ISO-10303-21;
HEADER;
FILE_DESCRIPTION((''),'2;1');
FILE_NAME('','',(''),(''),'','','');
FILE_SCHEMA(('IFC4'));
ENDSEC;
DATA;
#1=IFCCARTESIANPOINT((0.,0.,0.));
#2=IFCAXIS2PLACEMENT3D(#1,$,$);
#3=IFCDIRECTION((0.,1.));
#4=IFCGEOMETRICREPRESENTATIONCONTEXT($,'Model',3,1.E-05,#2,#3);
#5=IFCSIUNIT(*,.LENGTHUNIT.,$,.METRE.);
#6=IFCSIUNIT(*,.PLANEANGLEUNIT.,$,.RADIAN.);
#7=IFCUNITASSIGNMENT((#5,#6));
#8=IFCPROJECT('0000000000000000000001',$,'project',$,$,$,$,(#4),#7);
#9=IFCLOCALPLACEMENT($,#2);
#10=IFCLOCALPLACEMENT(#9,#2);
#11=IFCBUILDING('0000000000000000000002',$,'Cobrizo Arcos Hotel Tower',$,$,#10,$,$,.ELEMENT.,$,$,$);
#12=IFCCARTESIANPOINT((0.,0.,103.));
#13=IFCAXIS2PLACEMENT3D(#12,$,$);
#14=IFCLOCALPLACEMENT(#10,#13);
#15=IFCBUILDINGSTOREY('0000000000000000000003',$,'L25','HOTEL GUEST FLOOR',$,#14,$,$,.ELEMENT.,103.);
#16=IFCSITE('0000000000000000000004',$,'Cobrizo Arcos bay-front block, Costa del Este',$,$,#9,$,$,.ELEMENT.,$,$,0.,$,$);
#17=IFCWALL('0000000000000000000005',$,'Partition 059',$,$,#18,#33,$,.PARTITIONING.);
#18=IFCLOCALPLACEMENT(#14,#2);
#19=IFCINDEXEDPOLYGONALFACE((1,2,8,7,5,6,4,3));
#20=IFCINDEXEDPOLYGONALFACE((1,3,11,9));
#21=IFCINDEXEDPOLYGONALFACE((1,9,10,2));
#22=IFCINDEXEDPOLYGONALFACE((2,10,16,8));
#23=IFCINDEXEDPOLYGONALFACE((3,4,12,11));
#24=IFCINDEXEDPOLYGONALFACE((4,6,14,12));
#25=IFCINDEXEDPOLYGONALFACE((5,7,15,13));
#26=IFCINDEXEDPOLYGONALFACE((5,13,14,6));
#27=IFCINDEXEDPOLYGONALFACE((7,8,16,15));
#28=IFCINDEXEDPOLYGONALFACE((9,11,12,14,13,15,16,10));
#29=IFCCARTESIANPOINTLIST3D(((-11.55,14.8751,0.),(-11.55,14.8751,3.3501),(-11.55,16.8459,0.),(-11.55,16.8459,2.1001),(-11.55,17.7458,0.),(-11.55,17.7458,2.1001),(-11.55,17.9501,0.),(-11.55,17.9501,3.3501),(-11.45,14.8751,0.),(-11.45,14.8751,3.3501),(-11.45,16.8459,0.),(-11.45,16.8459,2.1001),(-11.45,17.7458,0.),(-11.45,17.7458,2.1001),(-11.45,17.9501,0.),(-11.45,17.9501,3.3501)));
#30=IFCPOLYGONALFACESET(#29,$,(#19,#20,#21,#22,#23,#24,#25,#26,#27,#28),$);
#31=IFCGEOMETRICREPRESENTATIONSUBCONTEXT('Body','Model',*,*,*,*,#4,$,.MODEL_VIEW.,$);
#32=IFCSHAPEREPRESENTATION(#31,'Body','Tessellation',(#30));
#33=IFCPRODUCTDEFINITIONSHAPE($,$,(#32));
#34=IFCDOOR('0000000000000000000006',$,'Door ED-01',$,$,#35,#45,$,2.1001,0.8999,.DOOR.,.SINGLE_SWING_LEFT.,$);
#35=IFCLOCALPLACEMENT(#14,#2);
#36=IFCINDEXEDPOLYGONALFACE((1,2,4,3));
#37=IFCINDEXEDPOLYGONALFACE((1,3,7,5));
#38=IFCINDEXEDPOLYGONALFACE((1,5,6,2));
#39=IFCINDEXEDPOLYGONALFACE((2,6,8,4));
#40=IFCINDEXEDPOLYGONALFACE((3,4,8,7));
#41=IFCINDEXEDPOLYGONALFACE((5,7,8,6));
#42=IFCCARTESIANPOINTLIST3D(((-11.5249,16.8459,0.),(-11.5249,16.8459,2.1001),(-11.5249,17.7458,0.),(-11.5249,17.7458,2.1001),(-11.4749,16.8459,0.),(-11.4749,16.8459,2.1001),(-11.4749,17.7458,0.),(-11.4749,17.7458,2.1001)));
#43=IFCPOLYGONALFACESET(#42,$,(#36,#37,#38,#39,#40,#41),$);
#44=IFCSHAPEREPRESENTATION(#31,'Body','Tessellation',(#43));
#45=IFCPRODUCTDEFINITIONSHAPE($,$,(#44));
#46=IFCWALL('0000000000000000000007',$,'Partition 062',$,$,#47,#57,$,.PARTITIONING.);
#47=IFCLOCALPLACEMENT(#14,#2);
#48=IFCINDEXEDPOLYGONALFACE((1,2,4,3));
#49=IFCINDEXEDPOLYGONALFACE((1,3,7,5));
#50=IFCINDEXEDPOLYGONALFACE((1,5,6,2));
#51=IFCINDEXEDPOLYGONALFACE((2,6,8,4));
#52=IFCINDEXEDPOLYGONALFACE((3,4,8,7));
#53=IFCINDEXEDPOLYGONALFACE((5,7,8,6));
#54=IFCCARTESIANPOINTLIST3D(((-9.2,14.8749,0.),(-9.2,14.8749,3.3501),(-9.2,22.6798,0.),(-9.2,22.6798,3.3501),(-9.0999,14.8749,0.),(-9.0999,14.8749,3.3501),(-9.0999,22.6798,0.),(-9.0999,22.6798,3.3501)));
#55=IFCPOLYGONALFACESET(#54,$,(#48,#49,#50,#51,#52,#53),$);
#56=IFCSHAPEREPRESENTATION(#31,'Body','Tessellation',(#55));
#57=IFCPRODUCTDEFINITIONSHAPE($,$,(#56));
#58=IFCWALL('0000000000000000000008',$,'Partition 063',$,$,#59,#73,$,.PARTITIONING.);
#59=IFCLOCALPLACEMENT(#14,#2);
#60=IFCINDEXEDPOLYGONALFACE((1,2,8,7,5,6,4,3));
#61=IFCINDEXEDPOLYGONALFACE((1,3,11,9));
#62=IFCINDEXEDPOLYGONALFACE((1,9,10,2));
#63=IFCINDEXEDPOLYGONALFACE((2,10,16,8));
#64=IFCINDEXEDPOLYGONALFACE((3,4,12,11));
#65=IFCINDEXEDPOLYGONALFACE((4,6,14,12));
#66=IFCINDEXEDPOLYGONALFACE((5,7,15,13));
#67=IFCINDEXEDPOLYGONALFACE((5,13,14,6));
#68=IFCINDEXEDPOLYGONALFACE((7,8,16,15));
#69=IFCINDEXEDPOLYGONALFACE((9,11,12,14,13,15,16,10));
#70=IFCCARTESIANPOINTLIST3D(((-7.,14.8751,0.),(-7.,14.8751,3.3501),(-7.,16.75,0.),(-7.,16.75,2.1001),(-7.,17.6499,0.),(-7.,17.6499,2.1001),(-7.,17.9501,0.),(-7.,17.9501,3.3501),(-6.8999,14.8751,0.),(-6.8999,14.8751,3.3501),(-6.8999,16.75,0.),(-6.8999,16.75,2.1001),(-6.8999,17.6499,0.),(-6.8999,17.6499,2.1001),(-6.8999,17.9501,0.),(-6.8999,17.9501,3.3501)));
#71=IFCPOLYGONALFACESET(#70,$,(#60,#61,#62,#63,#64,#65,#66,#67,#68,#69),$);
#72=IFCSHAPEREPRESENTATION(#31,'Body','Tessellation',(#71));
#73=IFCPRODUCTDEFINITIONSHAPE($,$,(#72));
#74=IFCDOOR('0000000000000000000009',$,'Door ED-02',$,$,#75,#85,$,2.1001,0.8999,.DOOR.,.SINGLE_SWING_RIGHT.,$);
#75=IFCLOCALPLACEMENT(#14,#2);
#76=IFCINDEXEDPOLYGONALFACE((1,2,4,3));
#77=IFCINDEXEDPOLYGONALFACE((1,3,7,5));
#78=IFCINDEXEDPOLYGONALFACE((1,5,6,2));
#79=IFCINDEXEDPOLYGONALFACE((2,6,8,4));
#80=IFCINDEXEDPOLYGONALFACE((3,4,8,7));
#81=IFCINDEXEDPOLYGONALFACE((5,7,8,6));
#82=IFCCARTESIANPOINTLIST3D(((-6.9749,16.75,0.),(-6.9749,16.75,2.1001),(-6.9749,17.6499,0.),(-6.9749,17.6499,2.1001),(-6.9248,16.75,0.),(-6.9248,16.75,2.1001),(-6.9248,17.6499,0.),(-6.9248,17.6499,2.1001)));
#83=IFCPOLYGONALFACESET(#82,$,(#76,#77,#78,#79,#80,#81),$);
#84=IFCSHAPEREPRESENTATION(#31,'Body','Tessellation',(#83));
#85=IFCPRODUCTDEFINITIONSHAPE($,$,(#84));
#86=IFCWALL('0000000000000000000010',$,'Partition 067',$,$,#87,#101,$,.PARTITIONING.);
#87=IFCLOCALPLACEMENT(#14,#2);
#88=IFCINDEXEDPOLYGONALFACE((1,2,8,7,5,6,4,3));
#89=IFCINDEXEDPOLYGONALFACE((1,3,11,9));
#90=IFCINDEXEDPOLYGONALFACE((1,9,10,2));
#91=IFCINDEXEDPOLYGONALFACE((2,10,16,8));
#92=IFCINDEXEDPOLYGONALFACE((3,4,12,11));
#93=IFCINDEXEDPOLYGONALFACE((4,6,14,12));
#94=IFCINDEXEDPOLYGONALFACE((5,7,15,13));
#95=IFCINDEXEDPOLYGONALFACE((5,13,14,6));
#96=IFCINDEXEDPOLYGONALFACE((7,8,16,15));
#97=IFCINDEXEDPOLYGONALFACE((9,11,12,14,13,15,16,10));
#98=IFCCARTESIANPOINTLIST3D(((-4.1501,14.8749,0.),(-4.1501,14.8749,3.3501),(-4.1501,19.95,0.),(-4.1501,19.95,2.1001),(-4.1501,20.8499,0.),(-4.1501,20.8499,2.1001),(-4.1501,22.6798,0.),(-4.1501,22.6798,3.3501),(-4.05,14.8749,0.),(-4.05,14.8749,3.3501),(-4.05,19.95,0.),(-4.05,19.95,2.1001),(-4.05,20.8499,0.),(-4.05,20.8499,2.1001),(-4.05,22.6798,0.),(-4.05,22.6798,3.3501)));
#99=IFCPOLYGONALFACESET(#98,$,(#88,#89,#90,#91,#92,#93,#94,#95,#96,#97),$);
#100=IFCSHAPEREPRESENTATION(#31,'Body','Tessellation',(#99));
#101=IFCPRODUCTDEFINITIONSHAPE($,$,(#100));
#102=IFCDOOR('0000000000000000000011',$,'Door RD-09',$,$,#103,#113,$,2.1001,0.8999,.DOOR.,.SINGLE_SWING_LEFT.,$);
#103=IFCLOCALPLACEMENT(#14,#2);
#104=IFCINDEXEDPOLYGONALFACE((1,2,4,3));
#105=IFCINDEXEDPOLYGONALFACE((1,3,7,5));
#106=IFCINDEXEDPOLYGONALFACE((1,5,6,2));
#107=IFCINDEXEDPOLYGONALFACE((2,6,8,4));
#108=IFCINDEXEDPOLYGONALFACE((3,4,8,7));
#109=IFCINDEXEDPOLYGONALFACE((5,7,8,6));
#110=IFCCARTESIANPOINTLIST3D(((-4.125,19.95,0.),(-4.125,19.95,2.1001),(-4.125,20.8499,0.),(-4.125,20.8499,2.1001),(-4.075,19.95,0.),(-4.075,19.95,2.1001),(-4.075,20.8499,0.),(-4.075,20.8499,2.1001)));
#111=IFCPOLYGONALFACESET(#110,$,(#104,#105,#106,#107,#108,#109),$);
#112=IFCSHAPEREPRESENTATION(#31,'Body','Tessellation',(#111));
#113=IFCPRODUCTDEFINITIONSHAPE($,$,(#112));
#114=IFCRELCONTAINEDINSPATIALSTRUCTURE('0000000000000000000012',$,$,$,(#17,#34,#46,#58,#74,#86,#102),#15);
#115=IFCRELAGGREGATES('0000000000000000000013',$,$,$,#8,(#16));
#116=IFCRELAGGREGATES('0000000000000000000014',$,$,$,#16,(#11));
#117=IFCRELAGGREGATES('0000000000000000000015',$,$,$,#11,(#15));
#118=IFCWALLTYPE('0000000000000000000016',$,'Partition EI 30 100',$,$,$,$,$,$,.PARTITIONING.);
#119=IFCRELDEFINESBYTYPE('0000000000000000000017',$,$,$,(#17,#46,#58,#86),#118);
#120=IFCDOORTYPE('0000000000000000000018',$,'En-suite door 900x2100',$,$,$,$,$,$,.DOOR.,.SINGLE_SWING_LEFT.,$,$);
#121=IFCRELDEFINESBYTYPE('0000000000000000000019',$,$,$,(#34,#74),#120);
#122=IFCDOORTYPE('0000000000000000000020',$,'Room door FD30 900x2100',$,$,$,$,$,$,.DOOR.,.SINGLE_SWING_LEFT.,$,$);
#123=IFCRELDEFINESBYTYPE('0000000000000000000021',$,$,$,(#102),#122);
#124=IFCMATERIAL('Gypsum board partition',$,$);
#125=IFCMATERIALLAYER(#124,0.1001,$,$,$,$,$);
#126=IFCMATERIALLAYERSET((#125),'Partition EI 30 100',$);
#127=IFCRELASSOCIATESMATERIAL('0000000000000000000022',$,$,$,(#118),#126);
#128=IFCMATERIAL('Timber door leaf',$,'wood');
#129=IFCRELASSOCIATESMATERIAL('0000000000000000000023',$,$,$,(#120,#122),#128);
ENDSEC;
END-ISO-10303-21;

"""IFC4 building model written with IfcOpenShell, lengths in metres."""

from ifc_helpers import new_model, si_unit, direction, frame, frame_2d, origin, place, context, subcontext, project, spatial, rectangle, extrude, material, layer, layer_set, type_object, element, fill, save


model = new_model("IFC4")

# Units and contexts
model_context = context("Model", 3, precision=1e-05, world=origin(), true_north=direction((0.0, 1.0)))
body_context = subcontext(model_context, "Body", "Model", "MODEL_VIEW")
ifc_project = project(units=[si_unit("LENGTHUNIT", "METRE"), si_unit("PLANEANGLEUNIT", "RADIAN")], contexts=[model_context])

# Site, building, storey
site_placement = place(None, origin())
site = spatial("IfcSite", under=ifc_project, at=site_placement, Name="Cobrizo Arcos bay-front block, Costa del Este", CompositionType="ELEMENT", RefElevation=0.0)
building_placement = place(site_placement, origin())
building = spatial("IfcBuilding", under=site, at=building_placement, Name="Cobrizo Arcos Hotel Tower", CompositionType="ELEMENT")
storey_placement = place(building_placement, frame((0.0, 0.0, 103.0)))
storey = spatial("IfcBuildingStorey", under=building, at=storey_placement, Name="L25", Description="HOTEL GUEST FLOOR", CompositionType="ELEMENT", Elevation=103.0)

# Wall, opening, door
ifc_material_1 = material(Name="Gypsum board partition")
ifc_layer = layer(ifc_material_1, 0.1001)
ifc_layer_set = layer_set([ifc_layer], Name="Partition EI 30 100")
wall_type = type_object("IfcWallType", Name="Partition EI 30 100", PredefinedType="PARTITIONING", material=ifc_layer_set)
wall_1_placement = place(storey_placement, frame((-11.5, 14.875, 0.0), z_axis=(0.0, 0.0, 1.0), x_axis=(0.0, 1.0, 0.0)))
wall_1 = element("IfcWall", 1, at=wall_1_placement, inside=storey, type_object=wall_type, Name="Partition 059", PredefinedType="PARTITIONING", context=body_context, shape_type="SweptSolid", body=[
    extrude(rectangle(XDim=3.075, YDim=0.1001, at=frame_2d((1.5376, 0.0))), origin(), (0.0, 0.0, 1.0), 3.3501),
])
opening_1_placement = place(wall_1_placement, frame((1.9709, 0.0, 0.0)))
opening_1 = element("IfcOpeningElement", 2, at=opening_1_placement, cuts=wall_1, PredefinedType="OPENING", context=body_context, shape_type="SweptSolid", body=[
    extrude(rectangle(XDim=0.8999, YDim=2.1001, at=frame_2d((0.45, 1.05))), frame((0.0, 0.062, 0.0), z_axis=(0.0, -1.0, 0.0), x_axis=(1.0, 0.0, 0.0)), (0.0, 0.0, 1.0), 0.124),
])
ifc_material_2 = material(Name="Timber door leaf", Category="wood")
door_type_1 = type_object("IfcDoorType", Name="En-suite door 900x2100", OperationType="SINGLE_SWING_LEFT", PredefinedType="DOOR", material=ifc_material_2)
door_1_placement = place(opening_1_placement, origin())
door_1 = element("IfcDoor", 3, at=door_1_placement, inside=storey, type_object=door_type_1, Name="Door ED-01", OperationType="SINGLE_SWING_LEFT", OverallHeight=2.1001, OverallWidth=0.8999, PredefinedType="DOOR", context=body_context, shape_type="SweptSolid", body=[
    extrude(rectangle(XDim=0.8999, YDim=2.1001, at=frame_2d((0.45, 1.05))), frame((0.0, 0.0249, 0.0), z_axis=(0.0, -1.0, 0.0), x_axis=(1.0, 0.0, 0.0)), (0.0, 0.0, 1.0), 0.05),
])
fill(opening_1, door_1)

# Wall
wall_2_placement = place(storey_placement, frame((-9.1499, 14.875, 0.0), z_axis=(0.0, 0.0, 1.0), x_axis=(0.0, 1.0, 0.0)))
element("IfcWall", 4, at=wall_2_placement, inside=storey, type_object=wall_type, Name="Partition 062", PredefinedType="PARTITIONING", context=body_context, shape_type="SweptSolid", body=[
    extrude(rectangle(XDim=7.8049, YDim=0.1001, at=frame_2d((3.9023, 0.0))), origin(), (0.0, 0.0, 1.0), 3.3501),
])

# Walls, openings, doors
wall_3_placement = place(storey_placement, frame((-6.95, 14.875, 0.0), z_axis=(0.0, 0.0, 1.0), x_axis=(0.0, 1.0, 0.0)))
wall_3 = element("IfcWall", 5, at=wall_3_placement, inside=storey, type_object=wall_type, Name="Partition 063", PredefinedType="PARTITIONING", context=body_context, shape_type="SweptSolid", body=[
    extrude(rectangle(XDim=3.075, YDim=0.1001, at=frame_2d((1.5376, 0.0))), origin(), (0.0, 0.0, 1.0), 3.3501),
])
opening_2_placement = place(wall_3_placement, frame((1.875, 0.0, 0.0)))
opening_2 = element("IfcOpeningElement", 6, at=opening_2_placement, cuts=wall_3, PredefinedType="OPENING", context=body_context, shape_type="SweptSolid", body=[
    extrude(rectangle(XDim=0.8999, YDim=2.1001, at=frame_2d((0.45, 1.05))), frame((0.0, 0.062, 0.0), z_axis=(0.0, -1.0, 0.0), x_axis=(1.0, 0.0, 0.0)), (0.0, 0.0, 1.0), 0.124),
])
door_2_placement = place(opening_2_placement, origin())
door_2 = element("IfcDoor", 7, at=door_2_placement, inside=storey, type_object=door_type_1, Name="Door ED-02", OperationType="SINGLE_SWING_RIGHT", OverallHeight=2.1001, OverallWidth=0.8999, PredefinedType="DOOR", context=body_context, shape_type="SweptSolid", body=[
    extrude(rectangle(XDim=0.8999, YDim=2.1001, at=frame_2d((0.45, 1.05))), frame((0.0, 0.0249, 0.0), z_axis=(0.0, -1.0, 0.0), x_axis=(1.0, 0.0, 0.0)), (0.0, 0.0, 1.0), 0.05),
])
fill(opening_2, door_2)
wall_4_placement = place(storey_placement, frame((-4.1001, 14.875, 0.0), z_axis=(0.0, 0.0, 1.0), x_axis=(0.0, 1.0, 0.0)))
wall_4 = element("IfcWall", 8, at=wall_4_placement, inside=storey, type_object=wall_type, Name="Partition 067", PredefinedType="PARTITIONING", context=body_context, shape_type="SweptSolid", body=[
    extrude(rectangle(XDim=7.8049, YDim=0.1001, at=frame_2d((3.9023, 0.0))), origin(), (0.0, 0.0, 1.0), 3.3501),
])
opening_3_placement = place(wall_4_placement, frame((5.075, 0.0, 0.0)))
opening_3 = element("IfcOpeningElement", 9, at=opening_3_placement, cuts=wall_4, PredefinedType="OPENING", context=body_context, shape_type="SweptSolid", body=[
    extrude(rectangle(XDim=0.8999, YDim=2.1001, at=frame_2d((0.45, 1.05))), frame((0.0, 0.062, 0.0), z_axis=(0.0, -1.0, 0.0), x_axis=(1.0, 0.0, 0.0)), (0.0, 0.0, 1.0), 0.124),
])
door_type_2 = type_object("IfcDoorType", Name="Room door FD30 900x2100", OperationType="SINGLE_SWING_LEFT", PredefinedType="DOOR", material=ifc_material_2)
door_3_placement = place(opening_3_placement, origin())
door_3 = element("IfcDoor", 10, at=door_3_placement, inside=storey, type_object=door_type_2, Name="Door RD-09", OperationType="SINGLE_SWING_LEFT", OverallHeight=2.1001, OverallWidth=0.8999, PredefinedType="DOOR", context=body_context, shape_type="SweptSolid", body=[
    extrude(rectangle(XDim=0.8999, YDim=2.1001, at=frame_2d((0.45, 1.05))), frame((0.0, 0.0249, 0.0), z_axis=(0.0, -1.0, 0.0), x_axis=(1.0, 0.0, 0.0)), (0.0, 0.0, 1.0), 0.05),
])
fill(opening_3, door_3)

save(model, "model.ifc")
